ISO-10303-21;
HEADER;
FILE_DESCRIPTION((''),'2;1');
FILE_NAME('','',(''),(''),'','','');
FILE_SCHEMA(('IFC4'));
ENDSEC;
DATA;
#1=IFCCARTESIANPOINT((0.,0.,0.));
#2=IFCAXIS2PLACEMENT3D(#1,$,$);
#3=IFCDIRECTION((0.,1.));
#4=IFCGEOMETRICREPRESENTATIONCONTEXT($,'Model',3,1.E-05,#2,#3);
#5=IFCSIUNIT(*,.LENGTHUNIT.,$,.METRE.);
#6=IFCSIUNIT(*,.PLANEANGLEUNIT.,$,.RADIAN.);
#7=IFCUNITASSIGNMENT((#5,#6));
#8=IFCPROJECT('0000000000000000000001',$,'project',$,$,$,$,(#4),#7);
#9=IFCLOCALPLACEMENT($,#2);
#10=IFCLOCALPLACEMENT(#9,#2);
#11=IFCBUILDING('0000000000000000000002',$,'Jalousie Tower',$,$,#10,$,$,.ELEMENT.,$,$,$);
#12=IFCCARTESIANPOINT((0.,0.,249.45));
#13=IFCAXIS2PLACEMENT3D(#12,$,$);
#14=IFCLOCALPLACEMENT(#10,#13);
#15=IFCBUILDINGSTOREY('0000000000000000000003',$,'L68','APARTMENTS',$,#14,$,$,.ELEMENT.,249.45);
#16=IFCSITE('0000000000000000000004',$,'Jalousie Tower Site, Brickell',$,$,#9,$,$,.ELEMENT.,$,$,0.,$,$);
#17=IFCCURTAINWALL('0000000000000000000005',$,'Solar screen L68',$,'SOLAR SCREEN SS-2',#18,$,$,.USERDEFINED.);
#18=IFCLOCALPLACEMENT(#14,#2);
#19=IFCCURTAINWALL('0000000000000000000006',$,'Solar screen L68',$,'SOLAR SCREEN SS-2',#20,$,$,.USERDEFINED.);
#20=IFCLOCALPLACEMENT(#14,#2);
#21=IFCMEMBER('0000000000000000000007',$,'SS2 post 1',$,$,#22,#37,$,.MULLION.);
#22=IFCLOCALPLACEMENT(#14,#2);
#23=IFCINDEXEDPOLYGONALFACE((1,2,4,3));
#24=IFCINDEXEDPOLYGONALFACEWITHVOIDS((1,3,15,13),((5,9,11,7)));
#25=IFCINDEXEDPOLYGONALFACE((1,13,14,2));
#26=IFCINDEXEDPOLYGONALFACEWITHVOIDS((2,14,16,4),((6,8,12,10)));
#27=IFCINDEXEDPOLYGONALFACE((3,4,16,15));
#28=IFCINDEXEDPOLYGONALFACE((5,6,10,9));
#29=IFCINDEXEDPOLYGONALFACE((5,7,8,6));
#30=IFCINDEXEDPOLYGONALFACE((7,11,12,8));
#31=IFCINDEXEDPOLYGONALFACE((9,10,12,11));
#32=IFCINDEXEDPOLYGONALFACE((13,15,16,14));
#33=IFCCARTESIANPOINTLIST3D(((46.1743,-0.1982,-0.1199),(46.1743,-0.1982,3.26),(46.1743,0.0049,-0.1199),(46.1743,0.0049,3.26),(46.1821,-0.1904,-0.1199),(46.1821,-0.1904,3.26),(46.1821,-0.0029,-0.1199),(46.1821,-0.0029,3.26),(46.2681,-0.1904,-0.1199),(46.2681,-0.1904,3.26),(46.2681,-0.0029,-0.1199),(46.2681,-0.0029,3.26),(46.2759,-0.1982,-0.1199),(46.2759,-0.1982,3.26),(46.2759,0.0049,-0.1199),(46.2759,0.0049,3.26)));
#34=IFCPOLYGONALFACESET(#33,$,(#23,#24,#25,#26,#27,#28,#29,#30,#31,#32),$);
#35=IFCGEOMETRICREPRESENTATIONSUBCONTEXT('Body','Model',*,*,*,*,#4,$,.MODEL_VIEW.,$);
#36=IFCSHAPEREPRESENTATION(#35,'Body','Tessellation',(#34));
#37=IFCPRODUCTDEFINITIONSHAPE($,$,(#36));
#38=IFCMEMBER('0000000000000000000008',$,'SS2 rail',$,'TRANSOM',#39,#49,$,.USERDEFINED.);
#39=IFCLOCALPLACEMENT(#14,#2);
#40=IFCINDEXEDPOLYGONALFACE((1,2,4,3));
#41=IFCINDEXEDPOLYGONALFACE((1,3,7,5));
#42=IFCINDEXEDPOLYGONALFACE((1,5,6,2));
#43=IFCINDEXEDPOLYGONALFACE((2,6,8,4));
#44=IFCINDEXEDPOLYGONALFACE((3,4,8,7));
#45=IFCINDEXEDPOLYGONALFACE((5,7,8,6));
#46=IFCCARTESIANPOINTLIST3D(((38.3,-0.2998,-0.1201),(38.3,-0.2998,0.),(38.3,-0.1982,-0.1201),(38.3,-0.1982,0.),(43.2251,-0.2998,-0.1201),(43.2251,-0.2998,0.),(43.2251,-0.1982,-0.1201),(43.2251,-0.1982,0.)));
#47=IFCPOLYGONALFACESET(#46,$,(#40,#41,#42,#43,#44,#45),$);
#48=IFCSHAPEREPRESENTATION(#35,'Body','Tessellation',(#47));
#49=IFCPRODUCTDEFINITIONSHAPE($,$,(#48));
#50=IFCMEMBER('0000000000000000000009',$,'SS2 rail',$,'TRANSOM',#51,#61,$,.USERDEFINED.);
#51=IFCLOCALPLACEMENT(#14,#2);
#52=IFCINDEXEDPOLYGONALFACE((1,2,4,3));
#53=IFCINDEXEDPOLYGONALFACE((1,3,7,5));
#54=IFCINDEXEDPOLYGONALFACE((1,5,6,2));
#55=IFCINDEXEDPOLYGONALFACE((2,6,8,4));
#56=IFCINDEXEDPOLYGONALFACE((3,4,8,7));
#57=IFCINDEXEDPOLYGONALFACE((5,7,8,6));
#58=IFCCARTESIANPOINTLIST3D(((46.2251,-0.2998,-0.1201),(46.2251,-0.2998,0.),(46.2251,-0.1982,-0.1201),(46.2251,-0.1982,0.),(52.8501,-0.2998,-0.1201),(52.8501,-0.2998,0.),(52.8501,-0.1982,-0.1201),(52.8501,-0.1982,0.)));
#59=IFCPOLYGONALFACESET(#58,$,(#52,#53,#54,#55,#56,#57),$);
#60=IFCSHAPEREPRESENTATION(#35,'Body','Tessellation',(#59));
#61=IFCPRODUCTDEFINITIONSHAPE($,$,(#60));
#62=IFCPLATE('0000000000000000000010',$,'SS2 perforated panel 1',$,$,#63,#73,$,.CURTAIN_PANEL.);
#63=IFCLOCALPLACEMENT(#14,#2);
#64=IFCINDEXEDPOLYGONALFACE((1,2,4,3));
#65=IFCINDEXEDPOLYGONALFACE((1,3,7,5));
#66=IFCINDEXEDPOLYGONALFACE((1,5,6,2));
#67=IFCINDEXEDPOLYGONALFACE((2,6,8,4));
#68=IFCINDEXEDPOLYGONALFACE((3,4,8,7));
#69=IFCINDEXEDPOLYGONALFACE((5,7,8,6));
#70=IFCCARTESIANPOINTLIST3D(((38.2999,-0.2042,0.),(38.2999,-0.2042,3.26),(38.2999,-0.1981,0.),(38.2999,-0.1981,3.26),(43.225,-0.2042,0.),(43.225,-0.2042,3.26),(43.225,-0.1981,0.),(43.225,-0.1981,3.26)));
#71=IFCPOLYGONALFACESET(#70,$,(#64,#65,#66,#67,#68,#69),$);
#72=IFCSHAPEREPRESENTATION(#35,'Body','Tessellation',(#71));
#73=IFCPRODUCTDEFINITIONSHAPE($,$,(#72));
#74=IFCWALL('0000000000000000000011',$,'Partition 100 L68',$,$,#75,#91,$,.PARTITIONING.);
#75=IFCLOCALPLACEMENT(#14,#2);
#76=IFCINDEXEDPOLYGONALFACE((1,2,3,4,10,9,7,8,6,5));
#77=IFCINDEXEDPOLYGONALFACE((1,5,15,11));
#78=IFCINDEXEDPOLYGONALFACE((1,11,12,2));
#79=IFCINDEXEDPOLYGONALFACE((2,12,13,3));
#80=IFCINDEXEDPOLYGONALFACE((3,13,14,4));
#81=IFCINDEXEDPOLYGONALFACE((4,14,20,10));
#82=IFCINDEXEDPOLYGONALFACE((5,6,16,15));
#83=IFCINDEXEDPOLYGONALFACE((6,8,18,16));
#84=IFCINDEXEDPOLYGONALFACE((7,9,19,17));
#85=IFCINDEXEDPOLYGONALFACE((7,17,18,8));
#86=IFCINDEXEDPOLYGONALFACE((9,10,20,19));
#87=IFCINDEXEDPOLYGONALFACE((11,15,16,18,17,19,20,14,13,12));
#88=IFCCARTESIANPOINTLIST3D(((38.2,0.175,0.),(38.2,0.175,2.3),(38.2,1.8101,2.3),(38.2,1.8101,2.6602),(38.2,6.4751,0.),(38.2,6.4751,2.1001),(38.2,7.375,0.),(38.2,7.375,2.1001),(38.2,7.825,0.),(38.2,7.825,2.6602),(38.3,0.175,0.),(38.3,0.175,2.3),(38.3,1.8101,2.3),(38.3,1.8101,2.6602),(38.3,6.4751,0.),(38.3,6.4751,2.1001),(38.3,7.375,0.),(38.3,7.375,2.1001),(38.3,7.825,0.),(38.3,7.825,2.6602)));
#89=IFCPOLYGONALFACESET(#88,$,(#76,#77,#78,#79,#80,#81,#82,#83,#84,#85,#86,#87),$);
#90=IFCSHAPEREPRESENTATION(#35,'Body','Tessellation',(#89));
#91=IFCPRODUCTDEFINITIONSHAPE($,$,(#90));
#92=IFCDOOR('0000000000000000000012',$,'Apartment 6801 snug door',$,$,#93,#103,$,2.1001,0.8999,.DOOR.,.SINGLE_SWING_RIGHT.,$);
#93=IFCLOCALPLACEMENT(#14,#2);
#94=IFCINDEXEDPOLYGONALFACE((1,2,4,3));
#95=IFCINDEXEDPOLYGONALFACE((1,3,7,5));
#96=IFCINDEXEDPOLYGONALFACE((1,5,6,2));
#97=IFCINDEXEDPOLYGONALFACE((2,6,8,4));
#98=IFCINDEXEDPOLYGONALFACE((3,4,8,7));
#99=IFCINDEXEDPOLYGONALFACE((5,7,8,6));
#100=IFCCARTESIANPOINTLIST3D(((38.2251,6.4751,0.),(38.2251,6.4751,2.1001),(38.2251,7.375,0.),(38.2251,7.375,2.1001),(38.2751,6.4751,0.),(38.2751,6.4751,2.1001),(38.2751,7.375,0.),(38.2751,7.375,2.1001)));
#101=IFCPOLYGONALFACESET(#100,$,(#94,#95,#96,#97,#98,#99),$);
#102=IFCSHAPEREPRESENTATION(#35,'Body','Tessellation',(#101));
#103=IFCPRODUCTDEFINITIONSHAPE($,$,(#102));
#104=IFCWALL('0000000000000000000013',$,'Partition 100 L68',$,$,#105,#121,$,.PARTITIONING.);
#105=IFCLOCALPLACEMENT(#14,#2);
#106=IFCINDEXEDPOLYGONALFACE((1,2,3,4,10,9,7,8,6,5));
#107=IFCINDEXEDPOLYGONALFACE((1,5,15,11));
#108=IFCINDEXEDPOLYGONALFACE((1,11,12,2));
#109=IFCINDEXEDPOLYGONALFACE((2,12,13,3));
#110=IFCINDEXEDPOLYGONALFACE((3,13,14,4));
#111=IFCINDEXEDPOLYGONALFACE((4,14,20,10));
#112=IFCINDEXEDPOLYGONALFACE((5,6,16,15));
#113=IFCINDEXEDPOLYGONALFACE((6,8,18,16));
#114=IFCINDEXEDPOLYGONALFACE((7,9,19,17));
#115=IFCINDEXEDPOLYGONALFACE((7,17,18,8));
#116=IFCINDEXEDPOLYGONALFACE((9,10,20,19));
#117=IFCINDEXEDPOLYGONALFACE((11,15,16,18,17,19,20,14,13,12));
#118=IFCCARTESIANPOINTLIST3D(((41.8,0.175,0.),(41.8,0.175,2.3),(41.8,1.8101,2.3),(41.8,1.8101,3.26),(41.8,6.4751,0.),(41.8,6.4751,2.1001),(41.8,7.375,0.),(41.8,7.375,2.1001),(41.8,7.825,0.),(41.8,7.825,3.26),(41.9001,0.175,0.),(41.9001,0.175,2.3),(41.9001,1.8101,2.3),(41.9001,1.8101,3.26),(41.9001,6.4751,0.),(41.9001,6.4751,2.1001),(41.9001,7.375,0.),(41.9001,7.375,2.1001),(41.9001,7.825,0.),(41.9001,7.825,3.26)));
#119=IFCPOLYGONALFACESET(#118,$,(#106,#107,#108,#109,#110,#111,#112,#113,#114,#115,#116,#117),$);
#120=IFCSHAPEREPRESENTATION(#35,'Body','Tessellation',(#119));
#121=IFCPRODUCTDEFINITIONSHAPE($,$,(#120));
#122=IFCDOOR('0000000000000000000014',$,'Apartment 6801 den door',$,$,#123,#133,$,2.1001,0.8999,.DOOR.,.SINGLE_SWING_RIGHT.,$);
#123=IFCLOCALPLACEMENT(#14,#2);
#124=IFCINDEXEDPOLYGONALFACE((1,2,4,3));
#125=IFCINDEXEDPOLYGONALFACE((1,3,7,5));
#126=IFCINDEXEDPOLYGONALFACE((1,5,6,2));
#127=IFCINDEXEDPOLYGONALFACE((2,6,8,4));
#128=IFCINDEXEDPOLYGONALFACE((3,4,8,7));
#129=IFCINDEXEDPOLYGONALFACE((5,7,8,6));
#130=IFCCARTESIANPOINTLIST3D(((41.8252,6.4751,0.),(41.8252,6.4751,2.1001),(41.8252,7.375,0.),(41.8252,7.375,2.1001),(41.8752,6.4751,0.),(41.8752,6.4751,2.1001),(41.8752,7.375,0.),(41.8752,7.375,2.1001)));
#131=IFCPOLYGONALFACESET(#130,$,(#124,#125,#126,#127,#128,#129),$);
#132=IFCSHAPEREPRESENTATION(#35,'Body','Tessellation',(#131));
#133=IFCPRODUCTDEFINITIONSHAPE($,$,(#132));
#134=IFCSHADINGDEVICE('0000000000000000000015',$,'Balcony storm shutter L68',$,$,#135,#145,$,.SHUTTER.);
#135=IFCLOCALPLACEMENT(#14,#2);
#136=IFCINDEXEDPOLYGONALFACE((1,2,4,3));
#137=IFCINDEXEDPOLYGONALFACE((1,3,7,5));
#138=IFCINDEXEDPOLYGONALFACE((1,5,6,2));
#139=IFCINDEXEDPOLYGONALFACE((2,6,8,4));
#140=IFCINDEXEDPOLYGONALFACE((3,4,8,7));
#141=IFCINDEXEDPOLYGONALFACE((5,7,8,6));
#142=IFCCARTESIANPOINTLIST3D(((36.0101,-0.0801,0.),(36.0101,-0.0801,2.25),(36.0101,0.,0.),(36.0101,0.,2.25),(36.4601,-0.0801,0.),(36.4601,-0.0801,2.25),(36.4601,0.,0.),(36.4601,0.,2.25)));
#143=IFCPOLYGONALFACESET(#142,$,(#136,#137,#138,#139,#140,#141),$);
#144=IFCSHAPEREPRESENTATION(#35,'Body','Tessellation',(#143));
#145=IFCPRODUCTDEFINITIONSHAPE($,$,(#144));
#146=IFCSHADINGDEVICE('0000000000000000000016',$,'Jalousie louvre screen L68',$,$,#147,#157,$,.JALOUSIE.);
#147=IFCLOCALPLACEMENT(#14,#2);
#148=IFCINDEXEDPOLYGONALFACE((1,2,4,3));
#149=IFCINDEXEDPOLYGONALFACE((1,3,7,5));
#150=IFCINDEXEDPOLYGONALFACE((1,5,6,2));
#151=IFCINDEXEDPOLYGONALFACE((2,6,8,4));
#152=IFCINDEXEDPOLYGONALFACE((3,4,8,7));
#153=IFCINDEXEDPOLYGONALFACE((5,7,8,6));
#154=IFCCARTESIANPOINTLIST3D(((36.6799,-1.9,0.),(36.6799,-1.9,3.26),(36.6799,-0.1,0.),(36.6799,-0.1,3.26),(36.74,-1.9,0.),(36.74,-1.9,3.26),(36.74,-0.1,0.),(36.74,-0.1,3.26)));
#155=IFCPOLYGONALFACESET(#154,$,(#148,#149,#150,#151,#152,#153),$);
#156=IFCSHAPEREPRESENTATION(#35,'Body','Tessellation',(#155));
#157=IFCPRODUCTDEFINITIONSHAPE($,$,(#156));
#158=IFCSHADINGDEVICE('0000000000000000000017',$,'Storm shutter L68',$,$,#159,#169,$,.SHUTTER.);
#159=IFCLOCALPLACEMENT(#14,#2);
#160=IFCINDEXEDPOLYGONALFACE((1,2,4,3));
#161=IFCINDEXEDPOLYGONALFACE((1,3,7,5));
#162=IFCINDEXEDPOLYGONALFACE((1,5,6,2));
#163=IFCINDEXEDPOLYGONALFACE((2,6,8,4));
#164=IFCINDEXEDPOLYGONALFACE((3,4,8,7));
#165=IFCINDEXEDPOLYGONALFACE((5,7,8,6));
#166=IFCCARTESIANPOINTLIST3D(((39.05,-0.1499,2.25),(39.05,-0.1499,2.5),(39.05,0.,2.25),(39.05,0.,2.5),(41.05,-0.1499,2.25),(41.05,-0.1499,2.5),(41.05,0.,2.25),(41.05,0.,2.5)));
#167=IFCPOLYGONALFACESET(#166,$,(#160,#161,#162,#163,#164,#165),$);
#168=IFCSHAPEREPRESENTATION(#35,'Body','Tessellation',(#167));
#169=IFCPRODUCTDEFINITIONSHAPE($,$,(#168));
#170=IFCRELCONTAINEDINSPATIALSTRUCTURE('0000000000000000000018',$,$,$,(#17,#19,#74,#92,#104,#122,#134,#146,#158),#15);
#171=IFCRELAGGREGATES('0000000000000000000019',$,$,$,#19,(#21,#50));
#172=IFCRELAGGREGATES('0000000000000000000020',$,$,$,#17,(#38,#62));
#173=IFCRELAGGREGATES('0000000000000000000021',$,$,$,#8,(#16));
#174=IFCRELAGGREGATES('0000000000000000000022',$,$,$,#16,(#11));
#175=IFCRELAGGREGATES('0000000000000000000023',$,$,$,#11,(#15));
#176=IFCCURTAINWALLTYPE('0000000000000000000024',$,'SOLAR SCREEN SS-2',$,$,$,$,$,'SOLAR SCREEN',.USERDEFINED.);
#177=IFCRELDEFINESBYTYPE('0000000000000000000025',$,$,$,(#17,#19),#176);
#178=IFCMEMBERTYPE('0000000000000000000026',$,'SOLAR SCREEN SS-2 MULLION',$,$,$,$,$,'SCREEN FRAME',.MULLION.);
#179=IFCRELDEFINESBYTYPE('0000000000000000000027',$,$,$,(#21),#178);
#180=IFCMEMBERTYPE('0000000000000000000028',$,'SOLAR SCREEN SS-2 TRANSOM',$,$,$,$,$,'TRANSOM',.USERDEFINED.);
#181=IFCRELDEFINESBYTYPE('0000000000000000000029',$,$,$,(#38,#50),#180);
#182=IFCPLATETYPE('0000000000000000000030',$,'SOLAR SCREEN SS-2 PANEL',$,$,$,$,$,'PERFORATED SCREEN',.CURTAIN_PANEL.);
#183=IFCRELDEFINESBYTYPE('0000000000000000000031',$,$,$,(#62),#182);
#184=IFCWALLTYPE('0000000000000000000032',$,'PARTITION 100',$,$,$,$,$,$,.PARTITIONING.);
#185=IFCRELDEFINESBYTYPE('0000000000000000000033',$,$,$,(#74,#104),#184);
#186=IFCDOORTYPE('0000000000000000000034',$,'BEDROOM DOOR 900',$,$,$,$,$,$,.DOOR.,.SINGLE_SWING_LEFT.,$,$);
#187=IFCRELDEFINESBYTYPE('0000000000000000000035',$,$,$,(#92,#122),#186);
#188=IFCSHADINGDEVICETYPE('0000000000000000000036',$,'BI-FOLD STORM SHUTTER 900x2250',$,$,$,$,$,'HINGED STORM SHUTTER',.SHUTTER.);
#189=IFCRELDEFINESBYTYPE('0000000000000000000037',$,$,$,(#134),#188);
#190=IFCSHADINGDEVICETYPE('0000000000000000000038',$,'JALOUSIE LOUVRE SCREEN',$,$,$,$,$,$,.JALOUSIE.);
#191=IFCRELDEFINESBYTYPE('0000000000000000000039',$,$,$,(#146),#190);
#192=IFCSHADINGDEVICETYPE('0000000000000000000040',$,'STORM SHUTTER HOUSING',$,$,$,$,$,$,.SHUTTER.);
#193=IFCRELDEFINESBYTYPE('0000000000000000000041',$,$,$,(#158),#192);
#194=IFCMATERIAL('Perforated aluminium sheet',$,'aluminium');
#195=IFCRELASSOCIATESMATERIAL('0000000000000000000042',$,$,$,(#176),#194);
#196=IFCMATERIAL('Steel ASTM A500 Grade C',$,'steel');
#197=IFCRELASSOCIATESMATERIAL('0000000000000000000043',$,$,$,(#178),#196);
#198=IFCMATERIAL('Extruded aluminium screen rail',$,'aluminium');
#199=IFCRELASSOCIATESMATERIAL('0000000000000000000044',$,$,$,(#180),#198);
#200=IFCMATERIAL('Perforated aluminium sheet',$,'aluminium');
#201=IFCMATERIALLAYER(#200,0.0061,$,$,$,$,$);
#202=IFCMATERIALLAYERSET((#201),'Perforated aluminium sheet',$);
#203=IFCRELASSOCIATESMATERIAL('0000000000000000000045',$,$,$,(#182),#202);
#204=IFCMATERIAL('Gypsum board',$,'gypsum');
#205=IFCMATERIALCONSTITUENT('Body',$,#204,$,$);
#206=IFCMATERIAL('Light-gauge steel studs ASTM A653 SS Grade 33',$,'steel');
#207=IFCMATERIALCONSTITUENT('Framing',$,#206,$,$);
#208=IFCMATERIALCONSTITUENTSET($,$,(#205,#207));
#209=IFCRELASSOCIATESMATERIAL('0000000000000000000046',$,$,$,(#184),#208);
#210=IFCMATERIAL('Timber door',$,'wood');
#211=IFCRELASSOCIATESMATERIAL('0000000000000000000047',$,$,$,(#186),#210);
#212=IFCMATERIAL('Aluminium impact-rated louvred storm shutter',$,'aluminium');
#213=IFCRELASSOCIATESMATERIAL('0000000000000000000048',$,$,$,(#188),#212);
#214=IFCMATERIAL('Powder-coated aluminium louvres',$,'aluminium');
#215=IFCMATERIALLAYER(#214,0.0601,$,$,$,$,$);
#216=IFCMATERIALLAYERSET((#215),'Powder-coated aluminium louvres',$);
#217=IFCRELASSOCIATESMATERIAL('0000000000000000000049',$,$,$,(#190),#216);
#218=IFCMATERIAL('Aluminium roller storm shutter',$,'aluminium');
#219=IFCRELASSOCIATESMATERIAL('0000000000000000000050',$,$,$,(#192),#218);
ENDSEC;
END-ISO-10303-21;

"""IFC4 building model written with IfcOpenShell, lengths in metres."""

from ifc_helpers import new_model, si_unit, direction, frame, frame_2d, origin, origin_2d, place, context, subcontext, project, spatial, polyline, rectangle, hollow_rectangle, outline, extrude, material, layer, layer_set, constituent, constituent_set, material_profile, profile_set, type_object, element, fill, aggregate, save


model = new_model("IFC4")

# Units and contexts
model_context = context("Model", 3, precision=1e-05, world=origin(), true_north=direction((0.0, 1.0)))
body_context = subcontext(model_context, "Body", "Model", "MODEL_VIEW")
ifc_project = project(units=[si_unit("LENGTHUNIT", "METRE"), si_unit("PLANEANGLEUNIT", "RADIAN")], contexts=[model_context])

# Site, building, storey
site_placement = place(None, origin())
site = spatial("IfcSite", under=ifc_project, at=site_placement, Name="Jalousie Tower Site, Brickell", CompositionType="ELEMENT", RefElevation=0.0)
building_placement = place(site_placement, origin())
building = spatial("IfcBuilding", under=site, at=building_placement, Name="Jalousie Tower", CompositionType="ELEMENT")
storey_placement = place(building_placement, frame((0.0, 0.0, 249.45)))
storey = spatial("IfcBuildingStorey", under=building, at=storey_placement, Name="L68", Description="APARTMENTS", CompositionType="ELEMENT", Elevation=249.45)

# Curtain wall
ifc_material_1 = material(Name="Perforated aluminium sheet", Category="aluminium")
curtain_wall_type = type_object("IfcCurtainWallType", Name="SOLAR SCREEN SS-2", ElementType="SOLAR SCREEN", PredefinedType="USERDEFINED", material=ifc_material_1)
curtain_wall_1_placement = place(storey_placement, origin())
curtain_wall_1 = element("IfcCurtainWall", 1, at=curtain_wall_1_placement, inside=storey, type_object=curtain_wall_type, Name="Solar screen L68", ObjectType="SOLAR SCREEN SS-2", PredefinedType="USERDEFINED")
ifc_material_2 = material(Name="Steel ASTM A500 Grade C", Category="steel")
ifc_material_profile_1 = material_profile(ifc_material_2, hollow_rectangle(XDim=0.1016, YDim=0.2031, WallThickness=0.0078, at=origin_2d()), Name="HSS8X4X5/16")
ifc_profile_set_1 = profile_set([ifc_material_profile_1], Name="Steel ASTM A500 Grade C")
member_type_1 = type_object("IfcMemberType", Name="SOLAR SCREEN SS-2 MULLION", ElementType="SCREEN FRAME", PredefinedType="MULLION", material=ifc_profile_set_1)

# Curtain wall, member
curtain_wall_2_placement = place(storey_placement, origin())
curtain_wall_2 = element("IfcCurtainWall", 2, at=curtain_wall_2_placement, inside=storey, type_object=curtain_wall_type, Name="Solar screen L68", ObjectType="SOLAR SCREEN SS-2", PredefinedType="USERDEFINED")
member_1_placement = place(storey_placement, frame((46.2251, -0.0967, -0.1199), z_axis=(0.0, 0.0, 1.0), x_axis=(1.0, 0.0, 0.0)))
member_1 = element("IfcMember", 3, at=member_1_placement, type_object=member_type_1, Name="SS2 post 1", PredefinedType="MULLION", context=body_context, shape_type="SweptSolid", body=[
    extrude(hollow_rectangle(XDim=0.1016, YDim=0.2031, WallThickness=0.0078, at=origin_2d()), origin(), (0.0, 0.0, 1.0), 3.3799),
])

# Members
ifc_material_3 = material(Name="Extruded aluminium screen rail", Category="aluminium")
ifc_material_profile_2 = material_profile(ifc_material_3, rectangle(XDim=0.1016, YDim=0.1201, at=origin_2d()), Name="RAIL 102x120")
ifc_profile_set_2 = profile_set([ifc_material_profile_2], Name="Extruded aluminium screen rail")
member_type_2 = type_object("IfcMemberType", Name="SOLAR SCREEN SS-2 TRANSOM", ElementType="TRANSOM", PredefinedType="USERDEFINED", material=ifc_profile_set_2)
member_2_placement = place(storey_placement, frame((38.3, -0.249, -0.0601), z_axis=(1.0, 0.0, 0.0), x_axis=(0.0, 1.0, 0.0)))
member_2 = element("IfcMember", 4, at=member_2_placement, type_object=member_type_2, Name="SS2 rail", ObjectType="TRANSOM", PredefinedType="USERDEFINED", context=body_context, shape_type="SweptSolid", body=[
    extrude(rectangle(XDim=0.1016, YDim=0.1201, at=origin_2d()), origin(), (0.0, 0.0, 1.0), 4.925),
])
member_3_placement = place(storey_placement, frame((46.2251, -0.249, -0.0601), z_axis=(1.0, 0.0, 0.0), x_axis=(0.0, 1.0, 0.0)))
member_3 = element("IfcMember", 5, at=member_3_placement, type_object=member_type_2, Name="SS2 rail", ObjectType="TRANSOM", PredefinedType="USERDEFINED", context=body_context, shape_type="SweptSolid", body=[
    extrude(rectangle(XDim=0.1016, YDim=0.1201, at=origin_2d()), origin(), (0.0, 0.0, 1.0), 6.625),
])
aggregate(curtain_wall_2, [member_1, member_3])

# Plate
ifc_material_4 = material(Name="Perforated aluminium sheet", Category="aluminium")
ifc_layer_1 = layer(ifc_material_4, 0.0061)
ifc_layer_set_1 = layer_set([ifc_layer_1], Name="Perforated aluminium sheet")
plate_type = type_object("IfcPlateType", Name="SOLAR SCREEN SS-2 PANEL", ElementType="PERFORATED SCREEN", PredefinedType="CURTAIN_PANEL", material=ifc_layer_set_1)
plate_placement = place(storey_placement, frame((40.7625, -0.2012, 0.0), z_axis=(0.0, 0.0, 1.0), x_axis=(1.0, 0.0, 0.0)))
plate = element("IfcPlate", 6, at=plate_placement, type_object=plate_type, Name="SS2 perforated panel 1", PredefinedType="CURTAIN_PANEL", context=body_context, shape_type="SweptSolid", body=[
    extrude(rectangle(XDim=4.925, YDim=0.0061, at=origin_2d()), origin(), (0.0, 0.0, 1.0), 3.26),
])
aggregate(curtain_wall_1, [member_2, plate])

# Walls, openings, doors
ifc_material_5 = material(Name="Gypsum board", Category="gypsum")
ifc_constituent_1 = constituent(ifc_material_5, Name="Body")
ifc_material_6 = material(Name="Light-gauge steel studs ASTM A653 SS Grade 33", Category="steel")
ifc_constituent_2 = constituent(ifc_material_6, Name="Framing")
ifc_constituent_set = constituent_set(constituents=[ifc_constituent_1, ifc_constituent_2])
wall_type = type_object("IfcWallType", Name="PARTITION 100", PredefinedType="PARTITIONING", material=ifc_constituent_set)
wall_1_placement = place(storey_placement, frame((38.25, 0.175, 0.0), z_axis=(0.0, 0.0, 1.0), x_axis=(0.0, 1.0, 0.0)))
wall_1 = element("IfcWall", 7, at=wall_1_placement, inside=storey, type_object=wall_type, Name="Partition 100 L68", PredefinedType="PARTITIONING", context=body_context, shape_type="SweptSolid", body=[
    extrude(outline(polyline([(0.0, 0.0), (7.6499, 0.0), (7.6499, 3.26), (7.6499, 2.6602), (1.635, 2.6602), (1.635, 2.3), (0.0, 2.3), (0.0, 3.26), (0.0, 0.0)])), frame((0.0, 0.05, 0.0), z_axis=(0.0, -1.0, 0.0), x_axis=(1.0, 0.0, 0.0)), (0.0, 0.0, 1.0), 0.1001),
])
opening_1_placement = place(wall_1_placement, frame((6.3, 0.0, 0.0)))
opening_1 = element("IfcOpeningElement", 8, at=opening_1_placement, cuts=wall_1, PredefinedType="OPENING", context=body_context, shape_type="SweptSolid", body=[
    extrude(rectangle(XDim=0.8999, YDim=2.1001, at=frame_2d((0.45, 1.05))), frame((0.0, 0.0601, 0.0), z_axis=(0.0, -1.0, 0.0), x_axis=(1.0, 0.0, 0.0)), (0.0, 0.0, 1.0), 0.1201),
])
ifc_material_7 = material(Name="Timber door", Category="wood")
door_type = type_object("IfcDoorType", Name="BEDROOM DOOR 900", OperationType="SINGLE_SWING_LEFT", PredefinedType="DOOR", material=ifc_material_7)
door_1_placement = place(opening_1_placement, origin())
door_1 = element("IfcDoor", 9, at=door_1_placement, inside=storey, type_object=door_type, Name="Apartment 6801 snug door", OperationType="SINGLE_SWING_RIGHT", OverallHeight=2.1001, OverallWidth=0.8999, PredefinedType="DOOR", context=body_context, shape_type="SweptSolid", body=[
    extrude(rectangle(XDim=0.8999, YDim=2.1001, at=frame_2d((0.45, 1.05))), frame((0.0, 0.0249, 0.0), z_axis=(0.0, -1.0, 0.0), x_axis=(1.0, 0.0, 0.0)), (0.0, 0.0, 1.0), 0.05),
])
fill(opening_1, door_1)
wall_2_placement = place(storey_placement, frame((41.8501, 0.175, 0.0), z_axis=(0.0, 0.0, 1.0), x_axis=(0.0, 1.0, 0.0)))
wall_2 = element("IfcWall", 10, at=wall_2_placement, inside=storey, type_object=wall_type, Name="Partition 100 L68", PredefinedType="PARTITIONING", context=body_context, shape_type="SweptSolid", body=[
    extrude(outline(polyline([(0.0, 0.0), (7.6499, 0.0), (7.6499, 3.26), (1.635, 3.26), (1.635, 2.3), (0.0, 2.3), (0.0, 3.26), (0.0, 0.0)])), frame((0.0, 0.05, 0.0), z_axis=(0.0, -1.0, 0.0), x_axis=(1.0, 0.0, 0.0)), (0.0, 0.0, 1.0), 0.1001),
])
opening_2_placement = place(wall_2_placement, frame((6.3, 0.0, 0.0)))
opening_2 = element("IfcOpeningElement", 11, at=opening_2_placement, cuts=wall_2, PredefinedType="OPENING", context=body_context, shape_type="SweptSolid", body=[
    extrude(rectangle(XDim=0.8999, YDim=2.1001, at=frame_2d((0.45, 1.05))), frame((0.0, 0.0601, 0.0), z_axis=(0.0, -1.0, 0.0), x_axis=(1.0, 0.0, 0.0)), (0.0, 0.0, 1.0), 0.1201),
])
door_2_placement = place(opening_2_placement, origin())
door_2 = element("IfcDoor", 12, at=door_2_placement, inside=storey, type_object=door_type, Name="Apartment 6801 den door", OperationType="SINGLE_SWING_RIGHT", OverallHeight=2.1001, OverallWidth=0.8999, PredefinedType="DOOR", context=body_context, shape_type="SweptSolid", body=[
    extrude(rectangle(XDim=0.8999, YDim=2.1001, at=frame_2d((0.45, 1.05))), frame((0.0, 0.0249, 0.0), z_axis=(0.0, -1.0, 0.0), x_axis=(1.0, 0.0, 0.0)), (0.0, 0.0, 1.0), 0.05),
])
fill(opening_2, door_2)

# Shading devices
ifc_material_8 = material(Name="Aluminium impact-rated louvred storm shutter", Category="aluminium")
shading_device_type_1 = type_object("IfcShadingDeviceType", Name="BI-FOLD STORM SHUTTER 900x2250", ElementType="HINGED STORM SHUTTER", PredefinedType="SHUTTER", material=ifc_material_8)
shading_device_1_placement = place(storey_placement, frame((36.2351, -0.04, 0.0), z_axis=(0.0, 0.0, 1.0), x_axis=(1.0, 0.0, 0.0)))
element("IfcShadingDevice", 13, at=shading_device_1_placement, inside=storey, type_object=shading_device_type_1, Name="Balcony storm shutter L68", PredefinedType="SHUTTER", context=body_context, shape_type="SweptSolid", body=[
    extrude(rectangle(XDim=0.45, YDim=0.0801, at=origin_2d()), origin(), (0.0, 0.0, 1.0), 2.25),
])
ifc_material_9 = material(Name="Powder-coated aluminium louvres", Category="aluminium")
ifc_layer_2 = layer(ifc_material_9, 0.0601)
ifc_layer_set_2 = layer_set([ifc_layer_2], Name="Powder-coated aluminium louvres")
shading_device_type_2 = type_object("IfcShadingDeviceType", Name="JALOUSIE LOUVRE SCREEN", PredefinedType="JALOUSIE", material=ifc_layer_set_2)
shading_device_2_placement = place(storey_placement, frame((36.71, -1.0, 0.0), z_axis=(0.0, 0.0, 1.0), x_axis=(1.0, 0.0, 0.0)))
element("IfcShadingDevice", 14, at=shading_device_2_placement, inside=storey, type_object=shading_device_type_2, Name="Jalousie louvre screen L68", PredefinedType="JALOUSIE", context=body_context, shape_type="SweptSolid", body=[
    extrude(rectangle(XDim=0.0601, YDim=1.8, at=origin_2d()), origin(), (0.0, 0.0, 1.0), 3.26),
])
ifc_material_10 = material(Name="Aluminium roller storm shutter", Category="aluminium")
shading_device_type_3 = type_object("IfcShadingDeviceType", Name="STORM SHUTTER HOUSING", PredefinedType="SHUTTER", material=ifc_material_10)
shading_device_3_placement = place(storey_placement, frame((40.05, -0.075, 2.25), z_axis=(0.0, 0.0, 1.0), x_axis=(1.0, 0.0, 0.0)))
element("IfcShadingDevice", 15, at=shading_device_3_placement, inside=storey, type_object=shading_device_type_3, Name="Storm shutter L68", PredefinedType="SHUTTER", context=body_context, shape_type="SweptSolid", body=[
    extrude(rectangle(XDim=2.0, YDim=0.1499, at=origin_2d()), origin(), (0.0, 0.0, 1.0), 0.25),
])

save(model, "model.ifc")
